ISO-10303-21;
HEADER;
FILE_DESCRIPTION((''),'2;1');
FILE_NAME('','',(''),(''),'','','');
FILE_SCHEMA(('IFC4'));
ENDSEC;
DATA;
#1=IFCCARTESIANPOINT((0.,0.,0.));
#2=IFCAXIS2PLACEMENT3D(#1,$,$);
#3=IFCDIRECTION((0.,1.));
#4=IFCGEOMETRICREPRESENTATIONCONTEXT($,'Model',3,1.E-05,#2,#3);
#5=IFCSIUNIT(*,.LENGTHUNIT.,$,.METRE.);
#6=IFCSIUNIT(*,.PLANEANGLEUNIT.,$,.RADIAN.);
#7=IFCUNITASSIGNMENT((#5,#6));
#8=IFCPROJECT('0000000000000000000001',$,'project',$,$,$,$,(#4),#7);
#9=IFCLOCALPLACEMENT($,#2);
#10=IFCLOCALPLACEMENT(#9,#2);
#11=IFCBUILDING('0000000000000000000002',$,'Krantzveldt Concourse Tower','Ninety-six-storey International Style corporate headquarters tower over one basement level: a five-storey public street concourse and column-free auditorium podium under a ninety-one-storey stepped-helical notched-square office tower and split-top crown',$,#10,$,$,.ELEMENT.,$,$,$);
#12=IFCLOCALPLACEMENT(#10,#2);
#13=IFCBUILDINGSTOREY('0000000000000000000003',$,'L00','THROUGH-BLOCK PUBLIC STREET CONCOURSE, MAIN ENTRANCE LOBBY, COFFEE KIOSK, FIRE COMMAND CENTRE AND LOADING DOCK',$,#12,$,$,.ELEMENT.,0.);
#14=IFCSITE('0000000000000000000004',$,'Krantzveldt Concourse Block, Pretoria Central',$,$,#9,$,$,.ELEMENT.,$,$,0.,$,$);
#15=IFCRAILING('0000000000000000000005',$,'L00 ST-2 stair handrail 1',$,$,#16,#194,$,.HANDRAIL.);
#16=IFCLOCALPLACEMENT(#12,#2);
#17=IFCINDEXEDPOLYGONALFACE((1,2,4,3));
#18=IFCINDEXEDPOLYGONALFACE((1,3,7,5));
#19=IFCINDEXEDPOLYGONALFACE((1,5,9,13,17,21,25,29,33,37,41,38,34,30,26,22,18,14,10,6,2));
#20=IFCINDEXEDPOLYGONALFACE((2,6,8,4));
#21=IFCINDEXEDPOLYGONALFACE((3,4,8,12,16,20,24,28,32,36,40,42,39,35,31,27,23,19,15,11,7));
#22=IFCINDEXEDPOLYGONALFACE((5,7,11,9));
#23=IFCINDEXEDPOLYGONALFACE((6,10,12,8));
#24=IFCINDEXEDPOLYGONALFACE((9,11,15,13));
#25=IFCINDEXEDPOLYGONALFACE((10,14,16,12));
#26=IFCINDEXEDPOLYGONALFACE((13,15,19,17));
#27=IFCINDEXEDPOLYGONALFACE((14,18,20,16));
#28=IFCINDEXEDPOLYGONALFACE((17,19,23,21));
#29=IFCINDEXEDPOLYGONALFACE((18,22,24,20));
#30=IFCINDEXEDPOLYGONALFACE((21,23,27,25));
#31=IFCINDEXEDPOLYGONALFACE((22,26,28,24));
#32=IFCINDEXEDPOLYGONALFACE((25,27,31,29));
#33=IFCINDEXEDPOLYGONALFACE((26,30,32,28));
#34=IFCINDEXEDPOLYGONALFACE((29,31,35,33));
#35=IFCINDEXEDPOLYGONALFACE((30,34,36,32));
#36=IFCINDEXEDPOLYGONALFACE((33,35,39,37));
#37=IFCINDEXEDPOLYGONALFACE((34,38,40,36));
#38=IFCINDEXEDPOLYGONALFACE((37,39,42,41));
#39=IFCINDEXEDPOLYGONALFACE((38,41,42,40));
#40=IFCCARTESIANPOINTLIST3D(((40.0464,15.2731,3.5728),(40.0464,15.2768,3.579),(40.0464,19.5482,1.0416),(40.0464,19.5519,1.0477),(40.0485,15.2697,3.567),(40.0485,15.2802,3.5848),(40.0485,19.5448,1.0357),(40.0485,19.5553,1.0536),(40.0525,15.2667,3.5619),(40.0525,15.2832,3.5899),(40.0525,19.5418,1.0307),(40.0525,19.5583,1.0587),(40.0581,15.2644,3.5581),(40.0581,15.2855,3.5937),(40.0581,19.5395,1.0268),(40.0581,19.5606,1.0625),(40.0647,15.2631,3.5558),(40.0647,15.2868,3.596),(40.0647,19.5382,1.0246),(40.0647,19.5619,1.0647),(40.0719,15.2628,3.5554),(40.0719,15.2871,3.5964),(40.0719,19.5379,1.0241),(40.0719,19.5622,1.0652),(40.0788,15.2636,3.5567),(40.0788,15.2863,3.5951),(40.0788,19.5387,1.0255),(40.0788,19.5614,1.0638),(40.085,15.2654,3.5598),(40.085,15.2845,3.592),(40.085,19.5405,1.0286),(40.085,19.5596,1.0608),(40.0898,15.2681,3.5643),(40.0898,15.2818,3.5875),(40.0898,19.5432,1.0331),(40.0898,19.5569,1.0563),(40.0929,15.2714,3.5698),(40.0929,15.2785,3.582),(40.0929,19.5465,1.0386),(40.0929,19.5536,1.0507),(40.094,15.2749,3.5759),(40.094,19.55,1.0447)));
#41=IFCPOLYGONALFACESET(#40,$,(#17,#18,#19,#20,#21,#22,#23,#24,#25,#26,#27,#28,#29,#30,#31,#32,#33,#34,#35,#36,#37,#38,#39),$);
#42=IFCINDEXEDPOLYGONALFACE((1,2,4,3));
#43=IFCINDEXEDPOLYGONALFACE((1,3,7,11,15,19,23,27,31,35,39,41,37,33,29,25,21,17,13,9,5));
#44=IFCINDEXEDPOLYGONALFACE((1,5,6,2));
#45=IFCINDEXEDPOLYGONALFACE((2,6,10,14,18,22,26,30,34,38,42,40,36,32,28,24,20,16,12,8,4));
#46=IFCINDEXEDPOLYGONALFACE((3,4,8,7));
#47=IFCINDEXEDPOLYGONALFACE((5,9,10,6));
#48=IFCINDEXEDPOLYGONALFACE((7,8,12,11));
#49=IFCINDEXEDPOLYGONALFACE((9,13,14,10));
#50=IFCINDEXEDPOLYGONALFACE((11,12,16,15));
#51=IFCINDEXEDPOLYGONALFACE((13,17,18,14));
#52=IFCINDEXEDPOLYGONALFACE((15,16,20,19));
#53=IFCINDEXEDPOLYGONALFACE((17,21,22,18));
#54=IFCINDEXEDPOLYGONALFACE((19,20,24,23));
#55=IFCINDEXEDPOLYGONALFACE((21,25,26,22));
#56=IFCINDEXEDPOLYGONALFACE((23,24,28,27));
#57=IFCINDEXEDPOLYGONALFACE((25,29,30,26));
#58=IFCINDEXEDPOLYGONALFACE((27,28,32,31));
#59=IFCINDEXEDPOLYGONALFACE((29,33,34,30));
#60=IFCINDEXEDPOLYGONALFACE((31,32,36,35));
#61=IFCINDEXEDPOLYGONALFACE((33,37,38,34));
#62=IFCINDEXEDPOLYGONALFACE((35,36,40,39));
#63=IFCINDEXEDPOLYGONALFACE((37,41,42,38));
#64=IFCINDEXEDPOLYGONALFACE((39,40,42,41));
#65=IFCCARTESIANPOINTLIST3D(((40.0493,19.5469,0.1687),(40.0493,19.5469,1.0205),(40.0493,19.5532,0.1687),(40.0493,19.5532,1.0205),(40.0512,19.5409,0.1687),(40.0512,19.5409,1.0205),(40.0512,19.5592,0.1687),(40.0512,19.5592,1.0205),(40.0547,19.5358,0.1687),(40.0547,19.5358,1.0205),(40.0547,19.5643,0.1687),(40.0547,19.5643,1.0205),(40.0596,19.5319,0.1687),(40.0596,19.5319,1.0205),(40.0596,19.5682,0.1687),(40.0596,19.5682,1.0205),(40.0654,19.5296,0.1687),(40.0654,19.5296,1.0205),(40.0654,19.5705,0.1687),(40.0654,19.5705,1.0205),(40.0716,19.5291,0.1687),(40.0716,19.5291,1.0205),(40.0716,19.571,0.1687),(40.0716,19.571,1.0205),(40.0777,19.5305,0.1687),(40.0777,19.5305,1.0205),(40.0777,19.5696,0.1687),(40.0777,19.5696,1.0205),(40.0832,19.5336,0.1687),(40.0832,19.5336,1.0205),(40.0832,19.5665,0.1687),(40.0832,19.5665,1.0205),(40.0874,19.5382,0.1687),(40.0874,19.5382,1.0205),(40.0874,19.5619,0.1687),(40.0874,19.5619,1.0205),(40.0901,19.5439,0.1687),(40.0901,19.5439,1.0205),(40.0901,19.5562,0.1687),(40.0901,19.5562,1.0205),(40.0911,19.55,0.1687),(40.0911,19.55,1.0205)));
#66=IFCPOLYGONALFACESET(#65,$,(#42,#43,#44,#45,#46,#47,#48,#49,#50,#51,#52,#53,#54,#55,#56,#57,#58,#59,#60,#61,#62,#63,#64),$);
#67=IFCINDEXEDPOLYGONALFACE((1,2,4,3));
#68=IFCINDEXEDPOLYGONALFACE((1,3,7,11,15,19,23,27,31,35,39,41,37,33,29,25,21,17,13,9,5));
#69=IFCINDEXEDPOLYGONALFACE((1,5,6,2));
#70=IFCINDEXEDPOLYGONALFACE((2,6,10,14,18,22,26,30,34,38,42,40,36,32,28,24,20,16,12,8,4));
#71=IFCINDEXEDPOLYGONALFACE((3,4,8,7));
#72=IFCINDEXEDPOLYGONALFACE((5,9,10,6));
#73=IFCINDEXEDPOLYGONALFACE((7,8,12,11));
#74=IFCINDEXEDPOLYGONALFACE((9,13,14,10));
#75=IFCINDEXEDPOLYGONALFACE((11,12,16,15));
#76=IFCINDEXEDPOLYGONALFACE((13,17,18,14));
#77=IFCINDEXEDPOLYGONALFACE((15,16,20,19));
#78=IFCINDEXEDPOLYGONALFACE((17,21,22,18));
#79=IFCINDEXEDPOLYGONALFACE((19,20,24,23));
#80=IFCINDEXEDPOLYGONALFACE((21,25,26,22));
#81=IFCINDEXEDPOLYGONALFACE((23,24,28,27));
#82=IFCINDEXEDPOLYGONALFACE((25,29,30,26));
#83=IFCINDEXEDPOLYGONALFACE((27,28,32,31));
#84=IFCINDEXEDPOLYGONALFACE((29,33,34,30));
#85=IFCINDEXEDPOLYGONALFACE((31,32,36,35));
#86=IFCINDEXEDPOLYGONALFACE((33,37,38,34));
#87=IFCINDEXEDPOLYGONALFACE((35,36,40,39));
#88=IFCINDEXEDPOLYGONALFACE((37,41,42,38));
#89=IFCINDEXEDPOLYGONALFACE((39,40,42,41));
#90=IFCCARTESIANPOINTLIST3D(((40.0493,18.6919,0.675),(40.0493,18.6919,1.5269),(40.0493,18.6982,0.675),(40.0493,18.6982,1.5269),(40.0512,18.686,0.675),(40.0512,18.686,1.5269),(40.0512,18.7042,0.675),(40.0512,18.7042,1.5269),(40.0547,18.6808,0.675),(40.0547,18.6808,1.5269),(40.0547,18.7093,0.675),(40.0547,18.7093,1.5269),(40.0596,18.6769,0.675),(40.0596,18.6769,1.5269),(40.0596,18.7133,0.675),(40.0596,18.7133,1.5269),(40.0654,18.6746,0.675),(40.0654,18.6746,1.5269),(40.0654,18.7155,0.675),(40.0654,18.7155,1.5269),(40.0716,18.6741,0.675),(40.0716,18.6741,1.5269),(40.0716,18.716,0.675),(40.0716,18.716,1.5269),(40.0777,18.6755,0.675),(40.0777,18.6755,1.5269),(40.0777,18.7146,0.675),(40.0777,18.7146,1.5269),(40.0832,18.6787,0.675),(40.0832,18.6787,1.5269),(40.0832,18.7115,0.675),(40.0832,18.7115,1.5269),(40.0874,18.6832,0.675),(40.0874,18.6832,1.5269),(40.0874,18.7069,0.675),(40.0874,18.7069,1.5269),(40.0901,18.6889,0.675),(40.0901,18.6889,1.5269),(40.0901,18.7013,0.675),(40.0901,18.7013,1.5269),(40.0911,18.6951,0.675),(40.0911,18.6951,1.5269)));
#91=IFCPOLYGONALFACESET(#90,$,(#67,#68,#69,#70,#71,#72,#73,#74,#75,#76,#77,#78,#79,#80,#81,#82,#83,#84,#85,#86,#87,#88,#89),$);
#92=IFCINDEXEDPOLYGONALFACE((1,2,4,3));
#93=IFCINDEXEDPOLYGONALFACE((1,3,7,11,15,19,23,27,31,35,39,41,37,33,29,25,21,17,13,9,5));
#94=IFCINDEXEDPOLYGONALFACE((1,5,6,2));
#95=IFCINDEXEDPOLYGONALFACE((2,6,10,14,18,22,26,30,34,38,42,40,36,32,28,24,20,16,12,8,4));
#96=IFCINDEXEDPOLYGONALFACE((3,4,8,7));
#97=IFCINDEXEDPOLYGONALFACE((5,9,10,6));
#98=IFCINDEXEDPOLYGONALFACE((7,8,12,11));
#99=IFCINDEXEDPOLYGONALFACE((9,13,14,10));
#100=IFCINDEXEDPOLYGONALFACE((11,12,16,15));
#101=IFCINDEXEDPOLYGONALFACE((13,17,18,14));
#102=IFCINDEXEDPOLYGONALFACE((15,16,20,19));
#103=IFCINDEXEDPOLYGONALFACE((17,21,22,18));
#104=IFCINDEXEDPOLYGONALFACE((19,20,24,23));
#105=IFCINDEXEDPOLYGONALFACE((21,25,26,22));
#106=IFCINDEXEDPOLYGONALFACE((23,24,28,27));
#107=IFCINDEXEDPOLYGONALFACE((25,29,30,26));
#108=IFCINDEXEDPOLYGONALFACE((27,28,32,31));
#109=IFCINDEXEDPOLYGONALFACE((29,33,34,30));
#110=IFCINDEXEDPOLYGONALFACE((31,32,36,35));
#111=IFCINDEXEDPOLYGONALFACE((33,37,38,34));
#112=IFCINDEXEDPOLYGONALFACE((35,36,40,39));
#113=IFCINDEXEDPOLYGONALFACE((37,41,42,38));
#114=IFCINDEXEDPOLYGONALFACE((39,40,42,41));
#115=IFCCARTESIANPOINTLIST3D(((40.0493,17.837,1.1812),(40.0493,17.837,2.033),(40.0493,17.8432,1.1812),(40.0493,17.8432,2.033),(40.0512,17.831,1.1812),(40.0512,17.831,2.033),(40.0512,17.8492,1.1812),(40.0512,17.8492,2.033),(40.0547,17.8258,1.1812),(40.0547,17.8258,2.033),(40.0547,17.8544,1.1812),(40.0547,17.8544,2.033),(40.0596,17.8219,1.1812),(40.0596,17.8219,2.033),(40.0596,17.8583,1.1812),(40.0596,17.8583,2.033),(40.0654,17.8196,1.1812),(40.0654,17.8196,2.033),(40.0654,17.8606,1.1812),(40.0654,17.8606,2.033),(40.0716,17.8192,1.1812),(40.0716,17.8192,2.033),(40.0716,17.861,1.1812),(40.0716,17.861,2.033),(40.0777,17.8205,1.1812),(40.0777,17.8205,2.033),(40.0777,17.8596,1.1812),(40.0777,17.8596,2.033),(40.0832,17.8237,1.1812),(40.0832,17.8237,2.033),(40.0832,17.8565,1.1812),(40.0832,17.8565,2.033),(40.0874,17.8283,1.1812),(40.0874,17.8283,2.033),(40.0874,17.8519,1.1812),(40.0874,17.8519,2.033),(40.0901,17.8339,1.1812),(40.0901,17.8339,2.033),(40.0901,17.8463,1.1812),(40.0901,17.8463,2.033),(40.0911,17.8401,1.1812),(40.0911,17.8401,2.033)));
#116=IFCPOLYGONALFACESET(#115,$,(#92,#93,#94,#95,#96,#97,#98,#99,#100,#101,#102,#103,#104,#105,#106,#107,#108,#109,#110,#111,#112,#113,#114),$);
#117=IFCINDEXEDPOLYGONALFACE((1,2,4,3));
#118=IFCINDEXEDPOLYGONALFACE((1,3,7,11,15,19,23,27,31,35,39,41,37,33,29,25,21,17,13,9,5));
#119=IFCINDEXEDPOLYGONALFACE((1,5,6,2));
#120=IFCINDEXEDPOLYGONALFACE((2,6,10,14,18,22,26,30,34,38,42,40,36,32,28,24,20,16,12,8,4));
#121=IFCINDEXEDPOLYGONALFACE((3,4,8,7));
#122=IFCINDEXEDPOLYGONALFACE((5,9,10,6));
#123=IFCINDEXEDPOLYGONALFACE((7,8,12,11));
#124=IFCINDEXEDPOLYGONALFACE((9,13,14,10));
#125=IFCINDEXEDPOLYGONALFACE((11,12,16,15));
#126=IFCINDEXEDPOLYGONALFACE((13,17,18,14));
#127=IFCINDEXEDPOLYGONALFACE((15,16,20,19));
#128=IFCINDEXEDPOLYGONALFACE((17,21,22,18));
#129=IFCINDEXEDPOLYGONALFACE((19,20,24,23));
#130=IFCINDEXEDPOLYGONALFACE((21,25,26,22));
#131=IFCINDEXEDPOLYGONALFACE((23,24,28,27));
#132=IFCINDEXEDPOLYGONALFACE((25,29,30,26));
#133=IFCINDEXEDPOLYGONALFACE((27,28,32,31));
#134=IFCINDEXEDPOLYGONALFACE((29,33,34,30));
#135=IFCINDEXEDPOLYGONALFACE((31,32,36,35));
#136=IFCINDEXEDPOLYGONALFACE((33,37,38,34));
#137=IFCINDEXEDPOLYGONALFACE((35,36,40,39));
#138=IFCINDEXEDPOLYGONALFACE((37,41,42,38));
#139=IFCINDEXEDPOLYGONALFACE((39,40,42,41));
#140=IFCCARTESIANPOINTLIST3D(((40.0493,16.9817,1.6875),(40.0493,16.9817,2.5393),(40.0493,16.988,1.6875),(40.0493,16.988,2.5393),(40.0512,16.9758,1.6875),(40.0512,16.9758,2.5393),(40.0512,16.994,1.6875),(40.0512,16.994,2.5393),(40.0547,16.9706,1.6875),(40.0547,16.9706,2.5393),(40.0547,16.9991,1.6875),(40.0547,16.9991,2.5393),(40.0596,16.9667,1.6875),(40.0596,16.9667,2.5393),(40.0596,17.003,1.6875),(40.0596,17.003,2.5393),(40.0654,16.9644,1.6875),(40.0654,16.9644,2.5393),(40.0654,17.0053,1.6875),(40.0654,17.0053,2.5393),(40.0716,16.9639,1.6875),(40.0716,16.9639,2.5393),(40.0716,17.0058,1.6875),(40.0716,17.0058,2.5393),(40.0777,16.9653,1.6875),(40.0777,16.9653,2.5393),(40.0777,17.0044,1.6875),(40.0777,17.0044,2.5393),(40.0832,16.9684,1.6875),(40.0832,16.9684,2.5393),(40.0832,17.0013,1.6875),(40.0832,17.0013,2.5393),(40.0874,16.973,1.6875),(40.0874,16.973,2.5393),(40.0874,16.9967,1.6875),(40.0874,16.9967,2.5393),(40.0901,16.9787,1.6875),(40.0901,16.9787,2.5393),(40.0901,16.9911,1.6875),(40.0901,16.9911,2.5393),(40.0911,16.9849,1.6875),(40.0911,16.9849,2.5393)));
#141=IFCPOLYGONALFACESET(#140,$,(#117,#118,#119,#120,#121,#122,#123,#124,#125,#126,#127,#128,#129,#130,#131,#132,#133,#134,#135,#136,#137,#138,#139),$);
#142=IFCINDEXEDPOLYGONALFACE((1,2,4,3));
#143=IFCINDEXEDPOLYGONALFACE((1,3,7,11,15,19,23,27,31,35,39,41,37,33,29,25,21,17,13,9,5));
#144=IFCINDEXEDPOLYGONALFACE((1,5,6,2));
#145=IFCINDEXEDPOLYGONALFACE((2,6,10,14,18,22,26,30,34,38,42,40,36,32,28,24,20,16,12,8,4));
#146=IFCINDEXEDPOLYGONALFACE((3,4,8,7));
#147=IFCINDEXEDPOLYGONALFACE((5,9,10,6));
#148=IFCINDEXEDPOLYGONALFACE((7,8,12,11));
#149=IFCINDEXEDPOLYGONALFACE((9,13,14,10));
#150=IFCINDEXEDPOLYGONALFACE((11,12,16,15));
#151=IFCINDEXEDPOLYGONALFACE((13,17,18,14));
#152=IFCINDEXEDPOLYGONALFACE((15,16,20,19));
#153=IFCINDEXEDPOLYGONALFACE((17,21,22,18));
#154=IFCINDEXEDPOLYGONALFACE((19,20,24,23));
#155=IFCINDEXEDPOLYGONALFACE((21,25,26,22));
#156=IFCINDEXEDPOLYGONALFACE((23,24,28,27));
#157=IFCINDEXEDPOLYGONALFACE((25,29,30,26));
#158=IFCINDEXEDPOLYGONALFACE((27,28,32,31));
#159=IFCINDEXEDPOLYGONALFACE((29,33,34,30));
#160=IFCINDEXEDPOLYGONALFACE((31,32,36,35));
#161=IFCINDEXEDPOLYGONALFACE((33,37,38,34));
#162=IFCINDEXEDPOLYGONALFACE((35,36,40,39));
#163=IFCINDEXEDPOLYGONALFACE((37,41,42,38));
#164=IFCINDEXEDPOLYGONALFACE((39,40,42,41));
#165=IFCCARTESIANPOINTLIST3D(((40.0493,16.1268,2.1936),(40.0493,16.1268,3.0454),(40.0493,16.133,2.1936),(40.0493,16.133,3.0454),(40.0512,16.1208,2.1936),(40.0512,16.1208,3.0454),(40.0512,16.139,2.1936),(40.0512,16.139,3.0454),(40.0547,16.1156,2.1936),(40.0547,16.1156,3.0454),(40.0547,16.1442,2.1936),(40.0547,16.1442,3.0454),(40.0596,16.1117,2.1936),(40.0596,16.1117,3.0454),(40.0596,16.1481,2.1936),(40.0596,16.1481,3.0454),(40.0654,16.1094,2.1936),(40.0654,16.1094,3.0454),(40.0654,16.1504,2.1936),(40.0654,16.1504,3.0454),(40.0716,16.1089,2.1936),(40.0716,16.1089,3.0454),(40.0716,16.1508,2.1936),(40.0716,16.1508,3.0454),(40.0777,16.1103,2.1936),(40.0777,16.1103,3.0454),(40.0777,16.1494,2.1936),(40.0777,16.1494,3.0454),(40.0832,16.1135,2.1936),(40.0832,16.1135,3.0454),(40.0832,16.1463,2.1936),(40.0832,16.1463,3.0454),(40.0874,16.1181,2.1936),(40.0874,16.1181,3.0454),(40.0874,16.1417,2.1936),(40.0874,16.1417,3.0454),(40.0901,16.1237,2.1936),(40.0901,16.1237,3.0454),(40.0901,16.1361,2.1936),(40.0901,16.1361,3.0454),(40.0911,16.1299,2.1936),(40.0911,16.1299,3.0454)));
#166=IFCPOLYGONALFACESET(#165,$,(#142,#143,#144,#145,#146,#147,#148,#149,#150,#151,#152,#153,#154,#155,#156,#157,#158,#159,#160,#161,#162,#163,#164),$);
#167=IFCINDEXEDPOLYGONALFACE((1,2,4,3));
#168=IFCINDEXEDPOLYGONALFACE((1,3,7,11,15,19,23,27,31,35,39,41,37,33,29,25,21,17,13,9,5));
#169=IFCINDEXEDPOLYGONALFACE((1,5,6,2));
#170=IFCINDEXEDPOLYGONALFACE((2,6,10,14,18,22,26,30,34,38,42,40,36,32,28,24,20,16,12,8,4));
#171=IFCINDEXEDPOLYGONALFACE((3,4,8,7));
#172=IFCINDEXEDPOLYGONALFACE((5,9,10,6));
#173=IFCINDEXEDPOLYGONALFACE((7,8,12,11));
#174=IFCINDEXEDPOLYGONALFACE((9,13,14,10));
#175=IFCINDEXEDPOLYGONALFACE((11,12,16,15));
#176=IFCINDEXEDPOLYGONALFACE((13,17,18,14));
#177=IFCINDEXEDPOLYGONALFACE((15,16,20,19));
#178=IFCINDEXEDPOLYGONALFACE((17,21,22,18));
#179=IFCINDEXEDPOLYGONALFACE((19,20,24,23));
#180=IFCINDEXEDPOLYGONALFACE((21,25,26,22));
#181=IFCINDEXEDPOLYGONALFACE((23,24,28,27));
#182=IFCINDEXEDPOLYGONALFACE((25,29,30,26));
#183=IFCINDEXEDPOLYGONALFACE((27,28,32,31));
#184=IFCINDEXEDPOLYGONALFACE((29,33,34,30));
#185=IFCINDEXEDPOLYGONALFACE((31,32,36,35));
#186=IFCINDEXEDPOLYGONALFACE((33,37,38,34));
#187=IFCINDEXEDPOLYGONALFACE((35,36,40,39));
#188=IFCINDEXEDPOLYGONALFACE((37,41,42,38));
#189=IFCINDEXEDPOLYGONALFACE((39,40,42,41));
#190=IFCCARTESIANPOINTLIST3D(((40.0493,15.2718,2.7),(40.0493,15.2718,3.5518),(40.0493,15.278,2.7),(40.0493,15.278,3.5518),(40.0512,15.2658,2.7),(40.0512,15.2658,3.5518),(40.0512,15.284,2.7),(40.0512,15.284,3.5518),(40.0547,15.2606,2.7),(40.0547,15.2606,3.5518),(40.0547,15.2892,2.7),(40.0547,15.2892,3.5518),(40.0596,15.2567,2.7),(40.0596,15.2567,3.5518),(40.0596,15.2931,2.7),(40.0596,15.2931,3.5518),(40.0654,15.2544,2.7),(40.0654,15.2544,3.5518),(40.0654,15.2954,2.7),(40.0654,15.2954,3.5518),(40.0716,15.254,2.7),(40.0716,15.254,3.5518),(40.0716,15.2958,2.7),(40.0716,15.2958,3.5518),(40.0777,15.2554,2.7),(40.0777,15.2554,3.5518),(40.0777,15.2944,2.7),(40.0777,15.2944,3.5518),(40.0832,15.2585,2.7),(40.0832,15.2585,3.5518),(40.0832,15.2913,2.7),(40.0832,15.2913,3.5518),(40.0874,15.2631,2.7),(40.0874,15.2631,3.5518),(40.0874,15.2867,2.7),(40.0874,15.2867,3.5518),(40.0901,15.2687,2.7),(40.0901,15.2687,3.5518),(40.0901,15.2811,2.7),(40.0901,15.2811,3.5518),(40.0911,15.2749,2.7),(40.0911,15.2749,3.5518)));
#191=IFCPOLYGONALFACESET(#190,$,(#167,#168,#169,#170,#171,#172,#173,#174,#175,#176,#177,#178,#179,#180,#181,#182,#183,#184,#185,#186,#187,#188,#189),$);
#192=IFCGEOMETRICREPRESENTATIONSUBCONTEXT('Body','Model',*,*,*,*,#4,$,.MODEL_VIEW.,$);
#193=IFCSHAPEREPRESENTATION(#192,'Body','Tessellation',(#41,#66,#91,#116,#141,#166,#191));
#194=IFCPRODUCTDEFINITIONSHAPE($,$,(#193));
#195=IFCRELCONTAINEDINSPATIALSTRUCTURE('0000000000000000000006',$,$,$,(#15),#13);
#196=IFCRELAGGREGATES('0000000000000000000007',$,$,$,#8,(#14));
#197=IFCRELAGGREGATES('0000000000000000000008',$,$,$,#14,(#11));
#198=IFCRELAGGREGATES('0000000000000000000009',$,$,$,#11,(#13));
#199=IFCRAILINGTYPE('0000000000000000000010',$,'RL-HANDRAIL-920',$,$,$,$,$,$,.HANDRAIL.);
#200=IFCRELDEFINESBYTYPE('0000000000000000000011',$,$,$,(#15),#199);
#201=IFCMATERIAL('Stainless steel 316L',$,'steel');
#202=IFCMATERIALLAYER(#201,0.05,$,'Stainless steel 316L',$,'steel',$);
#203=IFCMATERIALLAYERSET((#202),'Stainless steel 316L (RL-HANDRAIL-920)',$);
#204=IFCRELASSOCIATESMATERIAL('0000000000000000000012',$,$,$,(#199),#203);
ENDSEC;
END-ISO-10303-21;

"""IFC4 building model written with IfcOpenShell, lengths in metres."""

from ifc_helpers import new_model, si_unit, direction, frame, origin, origin_2d, place, context, subcontext, project, spatial, circle, extrude, material, layer, layer_set, type_object, element, save


model = new_model("IFC4")

# Units and contexts
model_context = context("Model", 3, precision=1e-05, world=origin(), true_north=direction((0.0, 1.0)))
body_context = subcontext(model_context, "Body", "Model", "MODEL_VIEW")
ifc_project = project(units=[si_unit("LENGTHUNIT", "METRE"), si_unit("PLANEANGLEUNIT", "RADIAN")], contexts=[model_context])

# Site, building, storey
site_placement = place(None, origin())
site = spatial("IfcSite", under=ifc_project, at=site_placement, Name="Krantzveldt Concourse Block, Pretoria Central", CompositionType="ELEMENT", RefElevation=0.0)
building_placement = place(site_placement, origin())
building = spatial("IfcBuilding", under=site, at=building_placement, Name="Krantzveldt Concourse Tower", Description="Ninety-six-storey International Style corporate headquarters tower over one basement level: a five-storey public street concourse and column-free auditorium podium under a ninety-one-storey stepped-helical notched-square office tower and split-top crown", CompositionType="ELEMENT")
storey_placement = place(building_placement, origin())
storey = spatial("IfcBuildingStorey", under=building, at=storey_placement, Name="L00", Description="THROUGH-BLOCK PUBLIC STREET CONCOURSE, MAIN ENTRANCE LOBBY, COFFEE KIOSK, FIRE COMMAND CENTRE AND LOADING DOCK", CompositionType="ELEMENT", Elevation=0.0)

# Railing
ifc_material_1 = material(Name="Stainless steel 316L", Category="steel")
ifc_layer_1 = layer(ifc_material_1, 0.05, Name="Stainless steel 316L", Category="steel")
ifc_layer_set_1 = layer_set([ifc_layer_1], Name="Stainless steel 316L (RL-HANDRAIL-920)")
railing_type_1 = type_object("IfcRailingType", Name="RL-HANDRAIL-920", PredefinedType="HANDRAIL", material=ifc_layer_set_1)
railing_1_placement = place(storey_placement, frame((40.0701, 19.55, 0.1687)))
element("IfcRailing", 1, at=railing_1_placement, inside=storey, type_object=railing_type_1, Name="L00 ST-2 stair handrail 1", PredefinedType="HANDRAIL", context=body_context, shape_type="SweptSolid", body=[
    extrude(circle(Radius=0.0239, at=origin_2d()), frame((0.0, 0.0, 0.876), z_axis=(0.0, -0.860483, 0.509479), x_axis=(1.0, 0.0, 0.0)), (0.0, 0.0, 1.0), 4.9683),
    extrude(circle(Radius=0.021, at=origin_2d()), origin(), (0.0, 0.0, 1.0), 0.8518),
    extrude(circle(Radius=0.021, at=origin_2d()), frame((0.0, -0.855, 0.5063)), (0.0, 0.0, 1.0), 0.8518),
    extrude(circle(Radius=0.021, at=origin_2d()), frame((0.0, -1.71, 1.0125)), (0.0, 0.0, 1.0), 0.8518),
    extrude(circle(Radius=0.021, at=origin_2d()), frame((0.0, -2.5652, 1.5188)), (0.0, 0.0, 1.0), 0.8518),
    extrude(circle(Radius=0.021, at=origin_2d()), frame((0.0, -3.4202, 2.0249)), (0.0, 0.0, 1.0), 0.8518),
    extrude(circle(Radius=0.021, at=origin_2d()), frame((0.0, -4.2751, 2.5312)), (0.0, 0.0, 1.0), 0.8518),
])

save(model, "model.ifc")
